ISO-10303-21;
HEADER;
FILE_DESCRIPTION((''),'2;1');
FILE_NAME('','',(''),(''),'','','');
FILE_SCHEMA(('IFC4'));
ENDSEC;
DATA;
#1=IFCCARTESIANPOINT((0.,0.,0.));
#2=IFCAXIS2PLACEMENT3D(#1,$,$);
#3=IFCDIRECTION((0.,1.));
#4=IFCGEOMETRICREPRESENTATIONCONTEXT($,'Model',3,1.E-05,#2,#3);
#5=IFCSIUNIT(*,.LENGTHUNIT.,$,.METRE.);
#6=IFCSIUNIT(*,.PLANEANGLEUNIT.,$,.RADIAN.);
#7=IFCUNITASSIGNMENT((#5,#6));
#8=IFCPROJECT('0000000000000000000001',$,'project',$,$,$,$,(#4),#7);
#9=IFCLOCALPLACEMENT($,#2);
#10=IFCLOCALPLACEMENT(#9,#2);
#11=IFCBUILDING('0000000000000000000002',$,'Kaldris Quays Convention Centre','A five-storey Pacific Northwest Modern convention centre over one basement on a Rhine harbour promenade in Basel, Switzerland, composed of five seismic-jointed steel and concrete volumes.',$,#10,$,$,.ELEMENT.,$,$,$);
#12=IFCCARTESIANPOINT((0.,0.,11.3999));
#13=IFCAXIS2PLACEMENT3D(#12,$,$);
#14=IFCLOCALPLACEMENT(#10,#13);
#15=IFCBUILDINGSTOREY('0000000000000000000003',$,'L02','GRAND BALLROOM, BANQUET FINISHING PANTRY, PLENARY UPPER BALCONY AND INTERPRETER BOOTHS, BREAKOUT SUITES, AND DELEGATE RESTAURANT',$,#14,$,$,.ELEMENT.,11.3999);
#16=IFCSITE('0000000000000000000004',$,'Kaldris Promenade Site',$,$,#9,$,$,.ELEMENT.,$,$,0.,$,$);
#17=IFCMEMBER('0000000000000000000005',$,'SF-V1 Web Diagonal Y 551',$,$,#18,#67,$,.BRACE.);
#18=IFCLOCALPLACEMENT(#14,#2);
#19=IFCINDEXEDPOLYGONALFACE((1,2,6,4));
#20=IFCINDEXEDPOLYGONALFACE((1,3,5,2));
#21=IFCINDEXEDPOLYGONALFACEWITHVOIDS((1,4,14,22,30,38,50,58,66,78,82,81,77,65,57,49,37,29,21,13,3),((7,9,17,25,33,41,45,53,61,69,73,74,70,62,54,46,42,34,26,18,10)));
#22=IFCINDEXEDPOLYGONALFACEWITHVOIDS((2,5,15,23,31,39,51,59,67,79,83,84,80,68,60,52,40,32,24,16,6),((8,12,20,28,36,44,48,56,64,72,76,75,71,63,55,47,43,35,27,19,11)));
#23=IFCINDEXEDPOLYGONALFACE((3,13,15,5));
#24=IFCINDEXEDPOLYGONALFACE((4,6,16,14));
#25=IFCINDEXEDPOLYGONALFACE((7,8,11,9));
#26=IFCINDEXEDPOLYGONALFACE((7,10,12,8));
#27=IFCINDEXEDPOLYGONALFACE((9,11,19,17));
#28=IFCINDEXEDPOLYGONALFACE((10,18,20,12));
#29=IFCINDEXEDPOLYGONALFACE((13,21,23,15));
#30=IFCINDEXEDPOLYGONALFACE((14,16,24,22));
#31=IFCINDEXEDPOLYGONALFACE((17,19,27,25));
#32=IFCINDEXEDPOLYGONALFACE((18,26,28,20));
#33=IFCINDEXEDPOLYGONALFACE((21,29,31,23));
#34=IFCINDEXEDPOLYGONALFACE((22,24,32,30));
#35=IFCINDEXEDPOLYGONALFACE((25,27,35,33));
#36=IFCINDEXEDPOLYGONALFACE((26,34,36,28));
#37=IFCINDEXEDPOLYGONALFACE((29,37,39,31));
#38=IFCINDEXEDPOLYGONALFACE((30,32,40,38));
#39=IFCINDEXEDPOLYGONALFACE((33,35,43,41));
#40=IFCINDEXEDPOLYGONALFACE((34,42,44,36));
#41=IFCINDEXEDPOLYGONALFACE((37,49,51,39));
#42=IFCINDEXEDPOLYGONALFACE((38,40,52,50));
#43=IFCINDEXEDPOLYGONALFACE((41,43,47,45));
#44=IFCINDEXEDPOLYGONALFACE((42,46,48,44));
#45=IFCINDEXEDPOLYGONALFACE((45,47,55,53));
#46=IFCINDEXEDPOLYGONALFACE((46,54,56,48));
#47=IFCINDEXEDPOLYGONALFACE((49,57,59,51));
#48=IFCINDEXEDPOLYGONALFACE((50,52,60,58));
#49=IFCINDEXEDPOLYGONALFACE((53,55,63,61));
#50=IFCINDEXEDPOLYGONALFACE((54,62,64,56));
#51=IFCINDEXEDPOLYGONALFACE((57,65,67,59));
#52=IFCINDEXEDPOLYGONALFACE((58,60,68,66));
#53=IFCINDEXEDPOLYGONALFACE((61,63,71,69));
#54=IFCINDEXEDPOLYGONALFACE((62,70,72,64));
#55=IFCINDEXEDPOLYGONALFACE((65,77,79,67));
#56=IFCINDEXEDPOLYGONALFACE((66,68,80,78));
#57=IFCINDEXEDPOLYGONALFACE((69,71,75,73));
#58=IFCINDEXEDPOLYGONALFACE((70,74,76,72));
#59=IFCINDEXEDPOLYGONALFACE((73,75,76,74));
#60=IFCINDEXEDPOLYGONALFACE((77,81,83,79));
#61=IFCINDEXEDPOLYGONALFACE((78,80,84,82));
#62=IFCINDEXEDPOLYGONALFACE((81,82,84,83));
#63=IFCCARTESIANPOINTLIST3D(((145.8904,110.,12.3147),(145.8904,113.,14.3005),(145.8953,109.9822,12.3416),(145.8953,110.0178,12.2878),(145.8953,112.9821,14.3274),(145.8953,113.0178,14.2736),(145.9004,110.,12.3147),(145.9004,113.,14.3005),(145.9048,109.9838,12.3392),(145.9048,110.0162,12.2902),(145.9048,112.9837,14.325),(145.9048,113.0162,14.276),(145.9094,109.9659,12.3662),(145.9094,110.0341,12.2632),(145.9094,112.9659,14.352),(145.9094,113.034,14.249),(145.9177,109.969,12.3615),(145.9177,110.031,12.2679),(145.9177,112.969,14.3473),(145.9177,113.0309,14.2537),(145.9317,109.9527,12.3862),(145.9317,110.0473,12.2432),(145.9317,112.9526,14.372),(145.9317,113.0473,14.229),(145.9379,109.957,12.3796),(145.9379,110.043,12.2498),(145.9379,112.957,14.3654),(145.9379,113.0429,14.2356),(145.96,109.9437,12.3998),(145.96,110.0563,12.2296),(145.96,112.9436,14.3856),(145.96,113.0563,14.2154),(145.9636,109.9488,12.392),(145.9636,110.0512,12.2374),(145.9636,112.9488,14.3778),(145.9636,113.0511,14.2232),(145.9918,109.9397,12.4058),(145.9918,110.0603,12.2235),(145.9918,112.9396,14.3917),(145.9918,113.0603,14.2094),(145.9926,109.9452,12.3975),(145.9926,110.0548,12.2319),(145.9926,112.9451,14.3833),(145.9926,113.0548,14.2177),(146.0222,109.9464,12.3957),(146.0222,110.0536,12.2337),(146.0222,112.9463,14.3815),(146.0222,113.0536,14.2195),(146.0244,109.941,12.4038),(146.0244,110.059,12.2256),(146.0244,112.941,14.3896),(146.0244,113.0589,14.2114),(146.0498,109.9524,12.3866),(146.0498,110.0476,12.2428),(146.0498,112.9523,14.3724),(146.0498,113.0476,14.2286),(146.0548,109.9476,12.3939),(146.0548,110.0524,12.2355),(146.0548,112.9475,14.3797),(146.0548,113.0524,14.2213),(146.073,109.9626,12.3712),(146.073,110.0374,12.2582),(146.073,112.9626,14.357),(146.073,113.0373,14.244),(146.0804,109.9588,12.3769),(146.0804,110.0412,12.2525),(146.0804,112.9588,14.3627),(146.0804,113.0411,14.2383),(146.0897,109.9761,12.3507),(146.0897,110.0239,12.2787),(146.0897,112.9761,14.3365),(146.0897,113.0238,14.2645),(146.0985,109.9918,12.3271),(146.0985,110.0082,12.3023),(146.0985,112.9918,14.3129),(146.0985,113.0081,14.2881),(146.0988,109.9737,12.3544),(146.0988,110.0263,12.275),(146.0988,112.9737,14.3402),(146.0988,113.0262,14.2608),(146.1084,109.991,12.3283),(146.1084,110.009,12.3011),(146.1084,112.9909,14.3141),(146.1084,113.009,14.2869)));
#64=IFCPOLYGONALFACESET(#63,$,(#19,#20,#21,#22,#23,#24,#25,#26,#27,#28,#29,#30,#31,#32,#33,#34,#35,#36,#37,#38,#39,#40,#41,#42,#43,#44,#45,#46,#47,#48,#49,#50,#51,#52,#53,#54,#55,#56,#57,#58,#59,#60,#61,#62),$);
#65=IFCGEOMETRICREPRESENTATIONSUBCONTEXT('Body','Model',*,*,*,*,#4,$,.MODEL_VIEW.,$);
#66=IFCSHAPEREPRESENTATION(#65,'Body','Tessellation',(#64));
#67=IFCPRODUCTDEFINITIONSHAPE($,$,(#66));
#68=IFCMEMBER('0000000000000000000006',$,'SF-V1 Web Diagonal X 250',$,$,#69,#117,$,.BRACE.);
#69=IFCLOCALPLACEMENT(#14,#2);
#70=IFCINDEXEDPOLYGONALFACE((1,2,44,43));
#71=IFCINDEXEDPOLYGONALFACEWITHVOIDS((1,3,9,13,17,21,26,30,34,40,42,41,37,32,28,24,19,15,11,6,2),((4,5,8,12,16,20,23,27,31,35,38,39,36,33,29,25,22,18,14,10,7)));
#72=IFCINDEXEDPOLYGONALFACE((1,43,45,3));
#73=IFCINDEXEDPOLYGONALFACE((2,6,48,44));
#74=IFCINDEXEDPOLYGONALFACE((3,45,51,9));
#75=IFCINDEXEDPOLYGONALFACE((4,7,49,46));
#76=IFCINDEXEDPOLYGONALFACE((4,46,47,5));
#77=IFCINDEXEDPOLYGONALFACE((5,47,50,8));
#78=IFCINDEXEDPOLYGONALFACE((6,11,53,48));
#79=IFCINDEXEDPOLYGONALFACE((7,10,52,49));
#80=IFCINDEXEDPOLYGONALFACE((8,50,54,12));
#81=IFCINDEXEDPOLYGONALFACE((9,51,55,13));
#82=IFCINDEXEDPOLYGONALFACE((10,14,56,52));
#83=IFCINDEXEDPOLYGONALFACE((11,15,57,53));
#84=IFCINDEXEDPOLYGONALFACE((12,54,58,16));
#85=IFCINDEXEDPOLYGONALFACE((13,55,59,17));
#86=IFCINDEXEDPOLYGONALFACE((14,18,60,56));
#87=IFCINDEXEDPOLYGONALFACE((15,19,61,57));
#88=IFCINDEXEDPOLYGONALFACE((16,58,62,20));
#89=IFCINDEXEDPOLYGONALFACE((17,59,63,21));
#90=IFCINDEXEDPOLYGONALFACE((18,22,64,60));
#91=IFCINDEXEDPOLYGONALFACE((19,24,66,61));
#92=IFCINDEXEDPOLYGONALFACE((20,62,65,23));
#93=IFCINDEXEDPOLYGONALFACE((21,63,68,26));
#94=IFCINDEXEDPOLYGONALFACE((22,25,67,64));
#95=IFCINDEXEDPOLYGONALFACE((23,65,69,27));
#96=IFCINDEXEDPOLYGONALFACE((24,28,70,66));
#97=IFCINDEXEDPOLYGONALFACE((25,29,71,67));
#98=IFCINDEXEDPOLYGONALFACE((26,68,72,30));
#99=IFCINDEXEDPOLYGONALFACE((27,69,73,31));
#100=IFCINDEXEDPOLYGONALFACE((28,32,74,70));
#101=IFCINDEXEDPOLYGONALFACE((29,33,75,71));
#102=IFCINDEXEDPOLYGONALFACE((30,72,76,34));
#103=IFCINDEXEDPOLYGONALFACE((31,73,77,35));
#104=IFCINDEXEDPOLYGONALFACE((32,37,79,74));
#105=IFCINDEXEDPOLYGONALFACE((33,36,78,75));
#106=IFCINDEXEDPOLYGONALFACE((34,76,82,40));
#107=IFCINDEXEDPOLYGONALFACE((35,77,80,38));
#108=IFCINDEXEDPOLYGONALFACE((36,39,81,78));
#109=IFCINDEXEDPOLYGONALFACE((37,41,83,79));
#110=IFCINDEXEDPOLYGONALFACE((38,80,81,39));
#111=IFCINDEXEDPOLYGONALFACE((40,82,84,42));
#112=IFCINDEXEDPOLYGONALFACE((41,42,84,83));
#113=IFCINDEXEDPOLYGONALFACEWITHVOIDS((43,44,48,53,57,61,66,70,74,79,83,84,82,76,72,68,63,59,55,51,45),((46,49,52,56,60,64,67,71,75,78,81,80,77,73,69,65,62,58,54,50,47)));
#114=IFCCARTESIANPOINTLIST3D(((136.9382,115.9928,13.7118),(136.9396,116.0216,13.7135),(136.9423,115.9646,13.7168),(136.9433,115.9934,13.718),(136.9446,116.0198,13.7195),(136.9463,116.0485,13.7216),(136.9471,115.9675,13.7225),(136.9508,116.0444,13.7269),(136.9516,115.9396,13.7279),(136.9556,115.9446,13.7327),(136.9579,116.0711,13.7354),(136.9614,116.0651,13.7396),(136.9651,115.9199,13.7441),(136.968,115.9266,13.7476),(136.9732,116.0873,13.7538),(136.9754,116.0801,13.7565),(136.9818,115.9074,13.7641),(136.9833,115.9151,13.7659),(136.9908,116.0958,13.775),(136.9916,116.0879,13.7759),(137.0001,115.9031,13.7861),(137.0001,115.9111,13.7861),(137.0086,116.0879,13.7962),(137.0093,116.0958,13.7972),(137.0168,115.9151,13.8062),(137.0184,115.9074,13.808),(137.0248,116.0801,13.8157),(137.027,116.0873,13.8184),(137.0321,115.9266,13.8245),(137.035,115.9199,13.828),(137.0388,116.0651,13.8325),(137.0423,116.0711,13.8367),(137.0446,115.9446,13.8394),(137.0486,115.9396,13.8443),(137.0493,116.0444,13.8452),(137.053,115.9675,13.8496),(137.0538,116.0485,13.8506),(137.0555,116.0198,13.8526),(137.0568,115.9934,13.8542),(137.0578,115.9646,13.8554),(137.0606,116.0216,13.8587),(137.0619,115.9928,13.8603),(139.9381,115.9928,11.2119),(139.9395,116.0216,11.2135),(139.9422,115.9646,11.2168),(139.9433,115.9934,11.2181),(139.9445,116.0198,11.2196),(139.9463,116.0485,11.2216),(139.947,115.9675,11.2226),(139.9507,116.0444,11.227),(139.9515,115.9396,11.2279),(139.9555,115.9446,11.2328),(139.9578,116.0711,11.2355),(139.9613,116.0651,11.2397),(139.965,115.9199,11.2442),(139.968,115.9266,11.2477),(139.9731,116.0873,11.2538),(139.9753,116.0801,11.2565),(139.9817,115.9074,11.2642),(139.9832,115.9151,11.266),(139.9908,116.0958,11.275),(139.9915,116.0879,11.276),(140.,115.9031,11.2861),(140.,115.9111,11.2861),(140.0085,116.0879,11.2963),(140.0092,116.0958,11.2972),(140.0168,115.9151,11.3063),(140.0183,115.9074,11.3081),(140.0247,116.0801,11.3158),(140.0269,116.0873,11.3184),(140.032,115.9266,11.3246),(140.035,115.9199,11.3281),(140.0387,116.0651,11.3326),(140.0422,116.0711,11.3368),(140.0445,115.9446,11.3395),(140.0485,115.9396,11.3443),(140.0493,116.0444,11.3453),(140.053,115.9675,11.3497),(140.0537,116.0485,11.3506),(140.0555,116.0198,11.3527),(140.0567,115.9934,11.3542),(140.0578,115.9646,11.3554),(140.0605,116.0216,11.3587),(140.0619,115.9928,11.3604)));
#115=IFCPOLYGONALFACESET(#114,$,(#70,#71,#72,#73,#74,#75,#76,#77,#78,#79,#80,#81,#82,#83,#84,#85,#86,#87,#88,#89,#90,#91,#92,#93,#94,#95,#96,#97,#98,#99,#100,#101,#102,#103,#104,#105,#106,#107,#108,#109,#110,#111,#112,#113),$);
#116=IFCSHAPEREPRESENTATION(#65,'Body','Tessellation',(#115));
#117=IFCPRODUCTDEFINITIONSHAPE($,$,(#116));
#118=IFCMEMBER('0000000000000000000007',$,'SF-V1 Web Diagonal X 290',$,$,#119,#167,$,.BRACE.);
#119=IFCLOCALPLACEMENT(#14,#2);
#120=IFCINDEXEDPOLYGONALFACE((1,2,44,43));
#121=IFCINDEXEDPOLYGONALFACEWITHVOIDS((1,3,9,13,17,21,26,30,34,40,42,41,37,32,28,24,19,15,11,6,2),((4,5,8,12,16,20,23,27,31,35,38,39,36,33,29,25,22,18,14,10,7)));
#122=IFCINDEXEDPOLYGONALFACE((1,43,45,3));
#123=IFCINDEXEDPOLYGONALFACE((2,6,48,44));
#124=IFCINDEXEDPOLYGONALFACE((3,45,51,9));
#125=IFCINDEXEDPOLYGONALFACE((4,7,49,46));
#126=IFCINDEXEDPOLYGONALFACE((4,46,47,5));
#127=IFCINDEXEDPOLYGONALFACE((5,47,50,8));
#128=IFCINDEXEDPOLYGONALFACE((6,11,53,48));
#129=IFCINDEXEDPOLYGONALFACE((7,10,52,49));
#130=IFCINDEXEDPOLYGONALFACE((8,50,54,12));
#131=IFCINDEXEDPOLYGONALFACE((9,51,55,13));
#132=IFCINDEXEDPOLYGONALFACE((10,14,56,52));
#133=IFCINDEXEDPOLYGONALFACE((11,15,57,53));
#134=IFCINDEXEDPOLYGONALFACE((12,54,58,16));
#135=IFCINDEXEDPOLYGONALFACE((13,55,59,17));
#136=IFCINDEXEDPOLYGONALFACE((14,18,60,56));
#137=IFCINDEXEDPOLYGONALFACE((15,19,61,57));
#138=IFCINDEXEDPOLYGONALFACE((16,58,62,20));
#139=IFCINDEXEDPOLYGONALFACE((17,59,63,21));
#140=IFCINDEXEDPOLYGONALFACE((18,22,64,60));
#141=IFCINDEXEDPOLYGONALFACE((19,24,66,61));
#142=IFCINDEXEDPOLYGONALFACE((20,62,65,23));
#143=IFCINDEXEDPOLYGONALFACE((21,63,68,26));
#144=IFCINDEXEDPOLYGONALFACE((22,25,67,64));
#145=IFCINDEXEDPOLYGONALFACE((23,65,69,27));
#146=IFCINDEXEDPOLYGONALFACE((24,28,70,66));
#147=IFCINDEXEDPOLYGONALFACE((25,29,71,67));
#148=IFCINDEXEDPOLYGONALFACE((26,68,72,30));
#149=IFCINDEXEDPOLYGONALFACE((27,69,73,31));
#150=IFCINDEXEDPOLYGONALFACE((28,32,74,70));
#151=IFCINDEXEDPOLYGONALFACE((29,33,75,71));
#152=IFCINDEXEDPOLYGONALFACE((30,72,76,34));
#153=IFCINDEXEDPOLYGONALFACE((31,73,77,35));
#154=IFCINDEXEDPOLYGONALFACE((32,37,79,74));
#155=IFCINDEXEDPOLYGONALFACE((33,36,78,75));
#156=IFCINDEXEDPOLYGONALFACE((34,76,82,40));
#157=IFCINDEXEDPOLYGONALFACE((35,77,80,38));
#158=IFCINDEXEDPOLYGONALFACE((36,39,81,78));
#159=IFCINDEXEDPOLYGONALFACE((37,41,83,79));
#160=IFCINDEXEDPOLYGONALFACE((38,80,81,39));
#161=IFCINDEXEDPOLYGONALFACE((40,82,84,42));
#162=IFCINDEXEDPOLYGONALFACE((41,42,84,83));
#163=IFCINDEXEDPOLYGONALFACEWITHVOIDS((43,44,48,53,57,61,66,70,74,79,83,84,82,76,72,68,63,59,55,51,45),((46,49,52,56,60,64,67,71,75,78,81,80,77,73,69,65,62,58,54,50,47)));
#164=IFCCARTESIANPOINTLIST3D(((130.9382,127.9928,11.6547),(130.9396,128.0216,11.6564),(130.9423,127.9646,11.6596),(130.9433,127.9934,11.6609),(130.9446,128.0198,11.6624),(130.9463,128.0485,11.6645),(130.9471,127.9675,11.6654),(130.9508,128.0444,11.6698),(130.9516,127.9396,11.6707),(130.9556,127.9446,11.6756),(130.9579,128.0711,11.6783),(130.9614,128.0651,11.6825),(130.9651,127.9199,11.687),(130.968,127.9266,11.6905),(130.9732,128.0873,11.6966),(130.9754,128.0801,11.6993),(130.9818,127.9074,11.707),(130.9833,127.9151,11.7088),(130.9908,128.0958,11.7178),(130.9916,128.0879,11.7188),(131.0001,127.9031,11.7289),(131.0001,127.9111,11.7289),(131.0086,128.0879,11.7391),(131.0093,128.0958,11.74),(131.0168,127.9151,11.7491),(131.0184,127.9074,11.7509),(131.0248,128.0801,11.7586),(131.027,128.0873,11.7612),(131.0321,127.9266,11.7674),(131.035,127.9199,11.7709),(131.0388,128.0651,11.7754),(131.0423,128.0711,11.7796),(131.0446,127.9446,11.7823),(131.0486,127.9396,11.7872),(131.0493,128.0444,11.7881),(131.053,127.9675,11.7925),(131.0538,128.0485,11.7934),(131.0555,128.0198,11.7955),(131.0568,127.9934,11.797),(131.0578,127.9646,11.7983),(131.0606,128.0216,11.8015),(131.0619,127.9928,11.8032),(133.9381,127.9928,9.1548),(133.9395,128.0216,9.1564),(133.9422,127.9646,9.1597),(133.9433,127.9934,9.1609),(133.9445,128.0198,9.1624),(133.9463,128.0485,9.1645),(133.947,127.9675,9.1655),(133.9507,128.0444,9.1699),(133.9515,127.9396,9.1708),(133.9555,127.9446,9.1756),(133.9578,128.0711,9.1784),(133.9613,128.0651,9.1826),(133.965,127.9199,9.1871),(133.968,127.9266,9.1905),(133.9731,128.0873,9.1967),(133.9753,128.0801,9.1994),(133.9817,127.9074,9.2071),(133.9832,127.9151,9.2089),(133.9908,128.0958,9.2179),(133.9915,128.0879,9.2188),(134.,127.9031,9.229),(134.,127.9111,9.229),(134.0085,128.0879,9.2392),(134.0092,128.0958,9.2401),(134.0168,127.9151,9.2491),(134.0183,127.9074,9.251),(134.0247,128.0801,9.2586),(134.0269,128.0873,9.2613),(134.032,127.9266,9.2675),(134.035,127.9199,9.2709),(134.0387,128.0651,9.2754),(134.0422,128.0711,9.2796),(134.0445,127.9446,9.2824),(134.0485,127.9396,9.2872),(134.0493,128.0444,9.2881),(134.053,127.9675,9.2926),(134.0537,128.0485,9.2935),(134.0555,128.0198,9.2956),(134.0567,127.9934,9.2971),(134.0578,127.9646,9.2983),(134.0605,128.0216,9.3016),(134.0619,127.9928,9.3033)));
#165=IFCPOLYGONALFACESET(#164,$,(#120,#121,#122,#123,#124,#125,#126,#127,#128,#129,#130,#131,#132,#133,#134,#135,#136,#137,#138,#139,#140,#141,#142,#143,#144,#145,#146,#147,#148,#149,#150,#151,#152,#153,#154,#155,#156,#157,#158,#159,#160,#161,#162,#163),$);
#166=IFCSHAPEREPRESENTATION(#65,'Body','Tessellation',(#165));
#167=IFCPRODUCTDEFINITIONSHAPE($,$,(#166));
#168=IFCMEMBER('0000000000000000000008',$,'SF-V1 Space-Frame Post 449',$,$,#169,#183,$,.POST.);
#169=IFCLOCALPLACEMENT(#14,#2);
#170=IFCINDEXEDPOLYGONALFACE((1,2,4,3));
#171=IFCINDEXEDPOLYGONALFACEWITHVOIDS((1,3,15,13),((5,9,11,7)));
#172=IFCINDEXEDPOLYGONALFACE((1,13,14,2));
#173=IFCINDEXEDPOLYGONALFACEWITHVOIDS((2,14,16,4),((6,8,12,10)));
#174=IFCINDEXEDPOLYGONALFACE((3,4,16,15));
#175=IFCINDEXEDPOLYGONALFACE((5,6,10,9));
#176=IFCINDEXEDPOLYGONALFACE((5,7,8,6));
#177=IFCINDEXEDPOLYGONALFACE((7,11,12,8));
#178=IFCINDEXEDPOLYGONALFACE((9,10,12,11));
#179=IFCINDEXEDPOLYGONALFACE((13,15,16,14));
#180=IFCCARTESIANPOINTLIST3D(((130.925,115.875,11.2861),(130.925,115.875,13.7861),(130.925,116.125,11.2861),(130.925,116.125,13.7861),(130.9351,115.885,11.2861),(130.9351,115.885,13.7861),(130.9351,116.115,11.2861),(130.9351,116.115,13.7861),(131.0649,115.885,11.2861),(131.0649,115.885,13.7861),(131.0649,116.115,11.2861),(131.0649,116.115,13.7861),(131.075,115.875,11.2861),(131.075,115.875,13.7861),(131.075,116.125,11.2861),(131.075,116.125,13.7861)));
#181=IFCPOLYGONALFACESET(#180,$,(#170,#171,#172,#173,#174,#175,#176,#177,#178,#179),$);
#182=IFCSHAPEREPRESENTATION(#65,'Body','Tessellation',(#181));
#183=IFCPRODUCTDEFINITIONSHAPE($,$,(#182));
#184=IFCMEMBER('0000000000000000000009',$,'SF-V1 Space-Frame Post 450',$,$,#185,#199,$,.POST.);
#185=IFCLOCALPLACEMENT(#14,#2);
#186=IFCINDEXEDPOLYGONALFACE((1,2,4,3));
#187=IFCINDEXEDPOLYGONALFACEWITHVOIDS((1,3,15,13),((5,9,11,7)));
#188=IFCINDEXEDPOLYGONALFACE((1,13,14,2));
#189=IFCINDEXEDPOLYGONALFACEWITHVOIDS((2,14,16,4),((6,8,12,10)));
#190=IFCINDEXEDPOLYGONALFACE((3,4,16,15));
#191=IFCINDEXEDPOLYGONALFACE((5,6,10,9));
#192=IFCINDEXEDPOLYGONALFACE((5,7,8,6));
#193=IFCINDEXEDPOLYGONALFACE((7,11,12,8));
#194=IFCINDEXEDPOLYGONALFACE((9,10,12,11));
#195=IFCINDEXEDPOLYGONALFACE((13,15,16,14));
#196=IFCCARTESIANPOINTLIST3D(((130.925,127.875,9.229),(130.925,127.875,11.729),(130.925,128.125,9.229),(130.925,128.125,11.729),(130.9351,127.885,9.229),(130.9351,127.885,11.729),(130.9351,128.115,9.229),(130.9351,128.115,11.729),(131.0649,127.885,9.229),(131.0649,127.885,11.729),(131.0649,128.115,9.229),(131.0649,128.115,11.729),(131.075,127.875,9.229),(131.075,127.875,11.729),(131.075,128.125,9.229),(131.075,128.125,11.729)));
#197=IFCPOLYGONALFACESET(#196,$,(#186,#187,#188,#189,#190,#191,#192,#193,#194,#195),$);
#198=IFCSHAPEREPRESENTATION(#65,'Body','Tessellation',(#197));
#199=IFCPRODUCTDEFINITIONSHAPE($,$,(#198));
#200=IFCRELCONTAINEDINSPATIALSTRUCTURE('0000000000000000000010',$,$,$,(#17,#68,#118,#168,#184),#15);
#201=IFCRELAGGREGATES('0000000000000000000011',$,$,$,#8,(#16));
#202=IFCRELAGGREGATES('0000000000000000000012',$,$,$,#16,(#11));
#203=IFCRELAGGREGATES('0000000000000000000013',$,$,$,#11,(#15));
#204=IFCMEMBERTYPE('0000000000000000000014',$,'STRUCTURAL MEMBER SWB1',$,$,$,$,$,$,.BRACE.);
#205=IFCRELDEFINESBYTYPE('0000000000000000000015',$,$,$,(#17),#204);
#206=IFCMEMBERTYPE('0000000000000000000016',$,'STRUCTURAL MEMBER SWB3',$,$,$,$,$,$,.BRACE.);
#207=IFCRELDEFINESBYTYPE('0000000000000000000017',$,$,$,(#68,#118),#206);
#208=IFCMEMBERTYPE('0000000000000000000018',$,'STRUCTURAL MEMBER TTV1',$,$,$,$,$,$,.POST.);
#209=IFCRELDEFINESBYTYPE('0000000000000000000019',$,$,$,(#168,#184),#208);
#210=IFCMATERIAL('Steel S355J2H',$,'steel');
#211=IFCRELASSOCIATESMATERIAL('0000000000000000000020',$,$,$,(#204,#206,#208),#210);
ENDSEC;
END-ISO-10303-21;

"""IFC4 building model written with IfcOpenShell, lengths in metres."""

from ifc_helpers import new_model, si_unit, direction, frame, origin, origin_2d, place, context, subcontext, project, spatial, hollow_rectangle, hollow_circle, extrude, material, material_profile, profile_set, type_object, element, save


model = new_model("IFC4")

# Units and contexts
model_context = context("Model", 3, precision=1e-05, world=origin(), true_north=direction((0.0, 1.0)))
body_context = subcontext(model_context, "Body", "Model", "MODEL_VIEW")
ifc_project = project(units=[si_unit("LENGTHUNIT", "METRE"), si_unit("PLANEANGLEUNIT", "RADIAN")], contexts=[model_context])

# Site, building, storey
site_placement = place(None, origin())
site = spatial("IfcSite", under=ifc_project, at=site_placement, Name="Kaldris Promenade Site", CompositionType="ELEMENT", RefElevation=0.0)
building_placement = place(site_placement, origin())
building = spatial("IfcBuilding", under=site, at=building_placement, Name="Kaldris Quays Convention Centre", Description="A five-storey Pacific Northwest Modern convention centre over one basement on a Rhine harbour promenade in Basel, Switzerland, composed of five seismic-jointed steel and concrete volumes.", CompositionType="ELEMENT")
storey_placement = place(building_placement, frame((0.0, 0.0, 11.3999)))
storey = spatial("IfcBuildingStorey", under=building, at=storey_placement, Name="L02", Description="GRAND BALLROOM, BANQUET FINISHING PANTRY, PLENARY UPPER BALCONY AND INTERPRETER BOOTHS, BREAKOUT SUITES, AND DELEGATE RESTAURANT", CompositionType="ELEMENT", Elevation=11.3999)

# Members
ifc_material_1 = material(Name="Steel S355J2H", Category="steel")
ifc_material_profile_1 = material_profile(ifc_material_1, hollow_circle(Radius=0.1096, WallThickness=0.01, at=origin_2d()), Name="CHS 219.1x10")
ifc_profile_set_1 = profile_set([ifc_material_profile_1], Name="Steel S355J2H")
member_type_1 = type_object("IfcMemberType", Name="STRUCTURAL MEMBER SWB1", PredefinedType="BRACE", material=ifc_profile_set_1)
member_1_placement = place(storey_placement, frame((146.0, 110.0, 12.3147), z_axis=(0.0, 0.833862, 0.551972), x_axis=(-1.0, 0.0, 0.0)))
element("IfcMember", 1, at=member_1_placement, inside=storey, type_object=member_type_1, Name="SF-V1 Web Diagonal Y 551", PredefinedType="BRACE", context=body_context, shape_type="SweptSolid", body=[
    extrude(hollow_circle(Radius=0.1096, WallThickness=0.01, at=origin_2d()), origin(), (0.0, 0.0, 1.0), 3.5977),
])
ifc_material_profile_2 = material_profile(ifc_material_1, hollow_circle(Radius=0.0969, WallThickness=0.0081, at=origin_2d()), Name="CHS 193.7x8")
ifc_profile_set_2 = profile_set([ifc_material_profile_2], Name="Steel S355J2H")
member_type_2 = type_object("IfcMemberType", Name="STRUCTURAL MEMBER SWB3", PredefinedType="BRACE", material=ifc_profile_set_2)
for number, where, z_axis, x_axis, name in (
    (2, (140.0, 116.0, 11.2861), (-0.768221, 0.0, 0.640184), (0.0, -1.0, 0.0), "SF-V1 Web Diagonal X 250"),
    (3, (134.0, 128.0, 9.229), (-0.768221, 0.0, 0.640184), (0.0, -1.0, 0.0), "SF-V1 Web Diagonal X 290"),
):
    element("IfcMember", number, at=place(storey_placement, frame(where, z_axis=z_axis, x_axis=x_axis)), inside=storey, type_object=member_type_2, Name=name, PredefinedType="BRACE", context=body_context, shape_type="SweptSolid", body=[
        extrude(hollow_circle(Radius=0.0969, WallThickness=0.0081, at=origin_2d()), origin(), (0.0, 0.0, 1.0), 3.905),
    ])
ifc_material_profile_3 = material_profile(ifc_material_1, hollow_rectangle(XDim=0.1499, YDim=0.25, WallThickness=0.01, at=origin_2d()), Name="RHS 250x150x10")
ifc_profile_set_3 = profile_set([ifc_material_profile_3], Name="Steel S355J2H")
member_type_3 = type_object("IfcMemberType", Name="STRUCTURAL MEMBER TTV1", PredefinedType="POST", material=ifc_profile_set_3)
for number, where, z_axis, x_axis, name in (
    (4, (131.0, 116.0, 11.2861), (0.0, 0.0, 1.0), (1.0, 0.0, 0.0), "SF-V1 Space-Frame Post 449"),
    (5, (131.0, 128.0, 9.229), (0.0, 0.0, 1.0), (1.0, 0.0, 0.0), "SF-V1 Space-Frame Post 450"),
):
    element("IfcMember", number, at=place(storey_placement, frame(where, z_axis=z_axis, x_axis=x_axis)), inside=storey, type_object=member_type_3, Name=name, PredefinedType="POST", context=body_context, shape_type="SweptSolid", body=[
        extrude(hollow_rectangle(XDim=0.1499, YDim=0.25, WallThickness=0.01, at=origin_2d()), origin(), (0.0, 0.0, 1.0), 2.5),
    ])

save(model, "model.ifc")
